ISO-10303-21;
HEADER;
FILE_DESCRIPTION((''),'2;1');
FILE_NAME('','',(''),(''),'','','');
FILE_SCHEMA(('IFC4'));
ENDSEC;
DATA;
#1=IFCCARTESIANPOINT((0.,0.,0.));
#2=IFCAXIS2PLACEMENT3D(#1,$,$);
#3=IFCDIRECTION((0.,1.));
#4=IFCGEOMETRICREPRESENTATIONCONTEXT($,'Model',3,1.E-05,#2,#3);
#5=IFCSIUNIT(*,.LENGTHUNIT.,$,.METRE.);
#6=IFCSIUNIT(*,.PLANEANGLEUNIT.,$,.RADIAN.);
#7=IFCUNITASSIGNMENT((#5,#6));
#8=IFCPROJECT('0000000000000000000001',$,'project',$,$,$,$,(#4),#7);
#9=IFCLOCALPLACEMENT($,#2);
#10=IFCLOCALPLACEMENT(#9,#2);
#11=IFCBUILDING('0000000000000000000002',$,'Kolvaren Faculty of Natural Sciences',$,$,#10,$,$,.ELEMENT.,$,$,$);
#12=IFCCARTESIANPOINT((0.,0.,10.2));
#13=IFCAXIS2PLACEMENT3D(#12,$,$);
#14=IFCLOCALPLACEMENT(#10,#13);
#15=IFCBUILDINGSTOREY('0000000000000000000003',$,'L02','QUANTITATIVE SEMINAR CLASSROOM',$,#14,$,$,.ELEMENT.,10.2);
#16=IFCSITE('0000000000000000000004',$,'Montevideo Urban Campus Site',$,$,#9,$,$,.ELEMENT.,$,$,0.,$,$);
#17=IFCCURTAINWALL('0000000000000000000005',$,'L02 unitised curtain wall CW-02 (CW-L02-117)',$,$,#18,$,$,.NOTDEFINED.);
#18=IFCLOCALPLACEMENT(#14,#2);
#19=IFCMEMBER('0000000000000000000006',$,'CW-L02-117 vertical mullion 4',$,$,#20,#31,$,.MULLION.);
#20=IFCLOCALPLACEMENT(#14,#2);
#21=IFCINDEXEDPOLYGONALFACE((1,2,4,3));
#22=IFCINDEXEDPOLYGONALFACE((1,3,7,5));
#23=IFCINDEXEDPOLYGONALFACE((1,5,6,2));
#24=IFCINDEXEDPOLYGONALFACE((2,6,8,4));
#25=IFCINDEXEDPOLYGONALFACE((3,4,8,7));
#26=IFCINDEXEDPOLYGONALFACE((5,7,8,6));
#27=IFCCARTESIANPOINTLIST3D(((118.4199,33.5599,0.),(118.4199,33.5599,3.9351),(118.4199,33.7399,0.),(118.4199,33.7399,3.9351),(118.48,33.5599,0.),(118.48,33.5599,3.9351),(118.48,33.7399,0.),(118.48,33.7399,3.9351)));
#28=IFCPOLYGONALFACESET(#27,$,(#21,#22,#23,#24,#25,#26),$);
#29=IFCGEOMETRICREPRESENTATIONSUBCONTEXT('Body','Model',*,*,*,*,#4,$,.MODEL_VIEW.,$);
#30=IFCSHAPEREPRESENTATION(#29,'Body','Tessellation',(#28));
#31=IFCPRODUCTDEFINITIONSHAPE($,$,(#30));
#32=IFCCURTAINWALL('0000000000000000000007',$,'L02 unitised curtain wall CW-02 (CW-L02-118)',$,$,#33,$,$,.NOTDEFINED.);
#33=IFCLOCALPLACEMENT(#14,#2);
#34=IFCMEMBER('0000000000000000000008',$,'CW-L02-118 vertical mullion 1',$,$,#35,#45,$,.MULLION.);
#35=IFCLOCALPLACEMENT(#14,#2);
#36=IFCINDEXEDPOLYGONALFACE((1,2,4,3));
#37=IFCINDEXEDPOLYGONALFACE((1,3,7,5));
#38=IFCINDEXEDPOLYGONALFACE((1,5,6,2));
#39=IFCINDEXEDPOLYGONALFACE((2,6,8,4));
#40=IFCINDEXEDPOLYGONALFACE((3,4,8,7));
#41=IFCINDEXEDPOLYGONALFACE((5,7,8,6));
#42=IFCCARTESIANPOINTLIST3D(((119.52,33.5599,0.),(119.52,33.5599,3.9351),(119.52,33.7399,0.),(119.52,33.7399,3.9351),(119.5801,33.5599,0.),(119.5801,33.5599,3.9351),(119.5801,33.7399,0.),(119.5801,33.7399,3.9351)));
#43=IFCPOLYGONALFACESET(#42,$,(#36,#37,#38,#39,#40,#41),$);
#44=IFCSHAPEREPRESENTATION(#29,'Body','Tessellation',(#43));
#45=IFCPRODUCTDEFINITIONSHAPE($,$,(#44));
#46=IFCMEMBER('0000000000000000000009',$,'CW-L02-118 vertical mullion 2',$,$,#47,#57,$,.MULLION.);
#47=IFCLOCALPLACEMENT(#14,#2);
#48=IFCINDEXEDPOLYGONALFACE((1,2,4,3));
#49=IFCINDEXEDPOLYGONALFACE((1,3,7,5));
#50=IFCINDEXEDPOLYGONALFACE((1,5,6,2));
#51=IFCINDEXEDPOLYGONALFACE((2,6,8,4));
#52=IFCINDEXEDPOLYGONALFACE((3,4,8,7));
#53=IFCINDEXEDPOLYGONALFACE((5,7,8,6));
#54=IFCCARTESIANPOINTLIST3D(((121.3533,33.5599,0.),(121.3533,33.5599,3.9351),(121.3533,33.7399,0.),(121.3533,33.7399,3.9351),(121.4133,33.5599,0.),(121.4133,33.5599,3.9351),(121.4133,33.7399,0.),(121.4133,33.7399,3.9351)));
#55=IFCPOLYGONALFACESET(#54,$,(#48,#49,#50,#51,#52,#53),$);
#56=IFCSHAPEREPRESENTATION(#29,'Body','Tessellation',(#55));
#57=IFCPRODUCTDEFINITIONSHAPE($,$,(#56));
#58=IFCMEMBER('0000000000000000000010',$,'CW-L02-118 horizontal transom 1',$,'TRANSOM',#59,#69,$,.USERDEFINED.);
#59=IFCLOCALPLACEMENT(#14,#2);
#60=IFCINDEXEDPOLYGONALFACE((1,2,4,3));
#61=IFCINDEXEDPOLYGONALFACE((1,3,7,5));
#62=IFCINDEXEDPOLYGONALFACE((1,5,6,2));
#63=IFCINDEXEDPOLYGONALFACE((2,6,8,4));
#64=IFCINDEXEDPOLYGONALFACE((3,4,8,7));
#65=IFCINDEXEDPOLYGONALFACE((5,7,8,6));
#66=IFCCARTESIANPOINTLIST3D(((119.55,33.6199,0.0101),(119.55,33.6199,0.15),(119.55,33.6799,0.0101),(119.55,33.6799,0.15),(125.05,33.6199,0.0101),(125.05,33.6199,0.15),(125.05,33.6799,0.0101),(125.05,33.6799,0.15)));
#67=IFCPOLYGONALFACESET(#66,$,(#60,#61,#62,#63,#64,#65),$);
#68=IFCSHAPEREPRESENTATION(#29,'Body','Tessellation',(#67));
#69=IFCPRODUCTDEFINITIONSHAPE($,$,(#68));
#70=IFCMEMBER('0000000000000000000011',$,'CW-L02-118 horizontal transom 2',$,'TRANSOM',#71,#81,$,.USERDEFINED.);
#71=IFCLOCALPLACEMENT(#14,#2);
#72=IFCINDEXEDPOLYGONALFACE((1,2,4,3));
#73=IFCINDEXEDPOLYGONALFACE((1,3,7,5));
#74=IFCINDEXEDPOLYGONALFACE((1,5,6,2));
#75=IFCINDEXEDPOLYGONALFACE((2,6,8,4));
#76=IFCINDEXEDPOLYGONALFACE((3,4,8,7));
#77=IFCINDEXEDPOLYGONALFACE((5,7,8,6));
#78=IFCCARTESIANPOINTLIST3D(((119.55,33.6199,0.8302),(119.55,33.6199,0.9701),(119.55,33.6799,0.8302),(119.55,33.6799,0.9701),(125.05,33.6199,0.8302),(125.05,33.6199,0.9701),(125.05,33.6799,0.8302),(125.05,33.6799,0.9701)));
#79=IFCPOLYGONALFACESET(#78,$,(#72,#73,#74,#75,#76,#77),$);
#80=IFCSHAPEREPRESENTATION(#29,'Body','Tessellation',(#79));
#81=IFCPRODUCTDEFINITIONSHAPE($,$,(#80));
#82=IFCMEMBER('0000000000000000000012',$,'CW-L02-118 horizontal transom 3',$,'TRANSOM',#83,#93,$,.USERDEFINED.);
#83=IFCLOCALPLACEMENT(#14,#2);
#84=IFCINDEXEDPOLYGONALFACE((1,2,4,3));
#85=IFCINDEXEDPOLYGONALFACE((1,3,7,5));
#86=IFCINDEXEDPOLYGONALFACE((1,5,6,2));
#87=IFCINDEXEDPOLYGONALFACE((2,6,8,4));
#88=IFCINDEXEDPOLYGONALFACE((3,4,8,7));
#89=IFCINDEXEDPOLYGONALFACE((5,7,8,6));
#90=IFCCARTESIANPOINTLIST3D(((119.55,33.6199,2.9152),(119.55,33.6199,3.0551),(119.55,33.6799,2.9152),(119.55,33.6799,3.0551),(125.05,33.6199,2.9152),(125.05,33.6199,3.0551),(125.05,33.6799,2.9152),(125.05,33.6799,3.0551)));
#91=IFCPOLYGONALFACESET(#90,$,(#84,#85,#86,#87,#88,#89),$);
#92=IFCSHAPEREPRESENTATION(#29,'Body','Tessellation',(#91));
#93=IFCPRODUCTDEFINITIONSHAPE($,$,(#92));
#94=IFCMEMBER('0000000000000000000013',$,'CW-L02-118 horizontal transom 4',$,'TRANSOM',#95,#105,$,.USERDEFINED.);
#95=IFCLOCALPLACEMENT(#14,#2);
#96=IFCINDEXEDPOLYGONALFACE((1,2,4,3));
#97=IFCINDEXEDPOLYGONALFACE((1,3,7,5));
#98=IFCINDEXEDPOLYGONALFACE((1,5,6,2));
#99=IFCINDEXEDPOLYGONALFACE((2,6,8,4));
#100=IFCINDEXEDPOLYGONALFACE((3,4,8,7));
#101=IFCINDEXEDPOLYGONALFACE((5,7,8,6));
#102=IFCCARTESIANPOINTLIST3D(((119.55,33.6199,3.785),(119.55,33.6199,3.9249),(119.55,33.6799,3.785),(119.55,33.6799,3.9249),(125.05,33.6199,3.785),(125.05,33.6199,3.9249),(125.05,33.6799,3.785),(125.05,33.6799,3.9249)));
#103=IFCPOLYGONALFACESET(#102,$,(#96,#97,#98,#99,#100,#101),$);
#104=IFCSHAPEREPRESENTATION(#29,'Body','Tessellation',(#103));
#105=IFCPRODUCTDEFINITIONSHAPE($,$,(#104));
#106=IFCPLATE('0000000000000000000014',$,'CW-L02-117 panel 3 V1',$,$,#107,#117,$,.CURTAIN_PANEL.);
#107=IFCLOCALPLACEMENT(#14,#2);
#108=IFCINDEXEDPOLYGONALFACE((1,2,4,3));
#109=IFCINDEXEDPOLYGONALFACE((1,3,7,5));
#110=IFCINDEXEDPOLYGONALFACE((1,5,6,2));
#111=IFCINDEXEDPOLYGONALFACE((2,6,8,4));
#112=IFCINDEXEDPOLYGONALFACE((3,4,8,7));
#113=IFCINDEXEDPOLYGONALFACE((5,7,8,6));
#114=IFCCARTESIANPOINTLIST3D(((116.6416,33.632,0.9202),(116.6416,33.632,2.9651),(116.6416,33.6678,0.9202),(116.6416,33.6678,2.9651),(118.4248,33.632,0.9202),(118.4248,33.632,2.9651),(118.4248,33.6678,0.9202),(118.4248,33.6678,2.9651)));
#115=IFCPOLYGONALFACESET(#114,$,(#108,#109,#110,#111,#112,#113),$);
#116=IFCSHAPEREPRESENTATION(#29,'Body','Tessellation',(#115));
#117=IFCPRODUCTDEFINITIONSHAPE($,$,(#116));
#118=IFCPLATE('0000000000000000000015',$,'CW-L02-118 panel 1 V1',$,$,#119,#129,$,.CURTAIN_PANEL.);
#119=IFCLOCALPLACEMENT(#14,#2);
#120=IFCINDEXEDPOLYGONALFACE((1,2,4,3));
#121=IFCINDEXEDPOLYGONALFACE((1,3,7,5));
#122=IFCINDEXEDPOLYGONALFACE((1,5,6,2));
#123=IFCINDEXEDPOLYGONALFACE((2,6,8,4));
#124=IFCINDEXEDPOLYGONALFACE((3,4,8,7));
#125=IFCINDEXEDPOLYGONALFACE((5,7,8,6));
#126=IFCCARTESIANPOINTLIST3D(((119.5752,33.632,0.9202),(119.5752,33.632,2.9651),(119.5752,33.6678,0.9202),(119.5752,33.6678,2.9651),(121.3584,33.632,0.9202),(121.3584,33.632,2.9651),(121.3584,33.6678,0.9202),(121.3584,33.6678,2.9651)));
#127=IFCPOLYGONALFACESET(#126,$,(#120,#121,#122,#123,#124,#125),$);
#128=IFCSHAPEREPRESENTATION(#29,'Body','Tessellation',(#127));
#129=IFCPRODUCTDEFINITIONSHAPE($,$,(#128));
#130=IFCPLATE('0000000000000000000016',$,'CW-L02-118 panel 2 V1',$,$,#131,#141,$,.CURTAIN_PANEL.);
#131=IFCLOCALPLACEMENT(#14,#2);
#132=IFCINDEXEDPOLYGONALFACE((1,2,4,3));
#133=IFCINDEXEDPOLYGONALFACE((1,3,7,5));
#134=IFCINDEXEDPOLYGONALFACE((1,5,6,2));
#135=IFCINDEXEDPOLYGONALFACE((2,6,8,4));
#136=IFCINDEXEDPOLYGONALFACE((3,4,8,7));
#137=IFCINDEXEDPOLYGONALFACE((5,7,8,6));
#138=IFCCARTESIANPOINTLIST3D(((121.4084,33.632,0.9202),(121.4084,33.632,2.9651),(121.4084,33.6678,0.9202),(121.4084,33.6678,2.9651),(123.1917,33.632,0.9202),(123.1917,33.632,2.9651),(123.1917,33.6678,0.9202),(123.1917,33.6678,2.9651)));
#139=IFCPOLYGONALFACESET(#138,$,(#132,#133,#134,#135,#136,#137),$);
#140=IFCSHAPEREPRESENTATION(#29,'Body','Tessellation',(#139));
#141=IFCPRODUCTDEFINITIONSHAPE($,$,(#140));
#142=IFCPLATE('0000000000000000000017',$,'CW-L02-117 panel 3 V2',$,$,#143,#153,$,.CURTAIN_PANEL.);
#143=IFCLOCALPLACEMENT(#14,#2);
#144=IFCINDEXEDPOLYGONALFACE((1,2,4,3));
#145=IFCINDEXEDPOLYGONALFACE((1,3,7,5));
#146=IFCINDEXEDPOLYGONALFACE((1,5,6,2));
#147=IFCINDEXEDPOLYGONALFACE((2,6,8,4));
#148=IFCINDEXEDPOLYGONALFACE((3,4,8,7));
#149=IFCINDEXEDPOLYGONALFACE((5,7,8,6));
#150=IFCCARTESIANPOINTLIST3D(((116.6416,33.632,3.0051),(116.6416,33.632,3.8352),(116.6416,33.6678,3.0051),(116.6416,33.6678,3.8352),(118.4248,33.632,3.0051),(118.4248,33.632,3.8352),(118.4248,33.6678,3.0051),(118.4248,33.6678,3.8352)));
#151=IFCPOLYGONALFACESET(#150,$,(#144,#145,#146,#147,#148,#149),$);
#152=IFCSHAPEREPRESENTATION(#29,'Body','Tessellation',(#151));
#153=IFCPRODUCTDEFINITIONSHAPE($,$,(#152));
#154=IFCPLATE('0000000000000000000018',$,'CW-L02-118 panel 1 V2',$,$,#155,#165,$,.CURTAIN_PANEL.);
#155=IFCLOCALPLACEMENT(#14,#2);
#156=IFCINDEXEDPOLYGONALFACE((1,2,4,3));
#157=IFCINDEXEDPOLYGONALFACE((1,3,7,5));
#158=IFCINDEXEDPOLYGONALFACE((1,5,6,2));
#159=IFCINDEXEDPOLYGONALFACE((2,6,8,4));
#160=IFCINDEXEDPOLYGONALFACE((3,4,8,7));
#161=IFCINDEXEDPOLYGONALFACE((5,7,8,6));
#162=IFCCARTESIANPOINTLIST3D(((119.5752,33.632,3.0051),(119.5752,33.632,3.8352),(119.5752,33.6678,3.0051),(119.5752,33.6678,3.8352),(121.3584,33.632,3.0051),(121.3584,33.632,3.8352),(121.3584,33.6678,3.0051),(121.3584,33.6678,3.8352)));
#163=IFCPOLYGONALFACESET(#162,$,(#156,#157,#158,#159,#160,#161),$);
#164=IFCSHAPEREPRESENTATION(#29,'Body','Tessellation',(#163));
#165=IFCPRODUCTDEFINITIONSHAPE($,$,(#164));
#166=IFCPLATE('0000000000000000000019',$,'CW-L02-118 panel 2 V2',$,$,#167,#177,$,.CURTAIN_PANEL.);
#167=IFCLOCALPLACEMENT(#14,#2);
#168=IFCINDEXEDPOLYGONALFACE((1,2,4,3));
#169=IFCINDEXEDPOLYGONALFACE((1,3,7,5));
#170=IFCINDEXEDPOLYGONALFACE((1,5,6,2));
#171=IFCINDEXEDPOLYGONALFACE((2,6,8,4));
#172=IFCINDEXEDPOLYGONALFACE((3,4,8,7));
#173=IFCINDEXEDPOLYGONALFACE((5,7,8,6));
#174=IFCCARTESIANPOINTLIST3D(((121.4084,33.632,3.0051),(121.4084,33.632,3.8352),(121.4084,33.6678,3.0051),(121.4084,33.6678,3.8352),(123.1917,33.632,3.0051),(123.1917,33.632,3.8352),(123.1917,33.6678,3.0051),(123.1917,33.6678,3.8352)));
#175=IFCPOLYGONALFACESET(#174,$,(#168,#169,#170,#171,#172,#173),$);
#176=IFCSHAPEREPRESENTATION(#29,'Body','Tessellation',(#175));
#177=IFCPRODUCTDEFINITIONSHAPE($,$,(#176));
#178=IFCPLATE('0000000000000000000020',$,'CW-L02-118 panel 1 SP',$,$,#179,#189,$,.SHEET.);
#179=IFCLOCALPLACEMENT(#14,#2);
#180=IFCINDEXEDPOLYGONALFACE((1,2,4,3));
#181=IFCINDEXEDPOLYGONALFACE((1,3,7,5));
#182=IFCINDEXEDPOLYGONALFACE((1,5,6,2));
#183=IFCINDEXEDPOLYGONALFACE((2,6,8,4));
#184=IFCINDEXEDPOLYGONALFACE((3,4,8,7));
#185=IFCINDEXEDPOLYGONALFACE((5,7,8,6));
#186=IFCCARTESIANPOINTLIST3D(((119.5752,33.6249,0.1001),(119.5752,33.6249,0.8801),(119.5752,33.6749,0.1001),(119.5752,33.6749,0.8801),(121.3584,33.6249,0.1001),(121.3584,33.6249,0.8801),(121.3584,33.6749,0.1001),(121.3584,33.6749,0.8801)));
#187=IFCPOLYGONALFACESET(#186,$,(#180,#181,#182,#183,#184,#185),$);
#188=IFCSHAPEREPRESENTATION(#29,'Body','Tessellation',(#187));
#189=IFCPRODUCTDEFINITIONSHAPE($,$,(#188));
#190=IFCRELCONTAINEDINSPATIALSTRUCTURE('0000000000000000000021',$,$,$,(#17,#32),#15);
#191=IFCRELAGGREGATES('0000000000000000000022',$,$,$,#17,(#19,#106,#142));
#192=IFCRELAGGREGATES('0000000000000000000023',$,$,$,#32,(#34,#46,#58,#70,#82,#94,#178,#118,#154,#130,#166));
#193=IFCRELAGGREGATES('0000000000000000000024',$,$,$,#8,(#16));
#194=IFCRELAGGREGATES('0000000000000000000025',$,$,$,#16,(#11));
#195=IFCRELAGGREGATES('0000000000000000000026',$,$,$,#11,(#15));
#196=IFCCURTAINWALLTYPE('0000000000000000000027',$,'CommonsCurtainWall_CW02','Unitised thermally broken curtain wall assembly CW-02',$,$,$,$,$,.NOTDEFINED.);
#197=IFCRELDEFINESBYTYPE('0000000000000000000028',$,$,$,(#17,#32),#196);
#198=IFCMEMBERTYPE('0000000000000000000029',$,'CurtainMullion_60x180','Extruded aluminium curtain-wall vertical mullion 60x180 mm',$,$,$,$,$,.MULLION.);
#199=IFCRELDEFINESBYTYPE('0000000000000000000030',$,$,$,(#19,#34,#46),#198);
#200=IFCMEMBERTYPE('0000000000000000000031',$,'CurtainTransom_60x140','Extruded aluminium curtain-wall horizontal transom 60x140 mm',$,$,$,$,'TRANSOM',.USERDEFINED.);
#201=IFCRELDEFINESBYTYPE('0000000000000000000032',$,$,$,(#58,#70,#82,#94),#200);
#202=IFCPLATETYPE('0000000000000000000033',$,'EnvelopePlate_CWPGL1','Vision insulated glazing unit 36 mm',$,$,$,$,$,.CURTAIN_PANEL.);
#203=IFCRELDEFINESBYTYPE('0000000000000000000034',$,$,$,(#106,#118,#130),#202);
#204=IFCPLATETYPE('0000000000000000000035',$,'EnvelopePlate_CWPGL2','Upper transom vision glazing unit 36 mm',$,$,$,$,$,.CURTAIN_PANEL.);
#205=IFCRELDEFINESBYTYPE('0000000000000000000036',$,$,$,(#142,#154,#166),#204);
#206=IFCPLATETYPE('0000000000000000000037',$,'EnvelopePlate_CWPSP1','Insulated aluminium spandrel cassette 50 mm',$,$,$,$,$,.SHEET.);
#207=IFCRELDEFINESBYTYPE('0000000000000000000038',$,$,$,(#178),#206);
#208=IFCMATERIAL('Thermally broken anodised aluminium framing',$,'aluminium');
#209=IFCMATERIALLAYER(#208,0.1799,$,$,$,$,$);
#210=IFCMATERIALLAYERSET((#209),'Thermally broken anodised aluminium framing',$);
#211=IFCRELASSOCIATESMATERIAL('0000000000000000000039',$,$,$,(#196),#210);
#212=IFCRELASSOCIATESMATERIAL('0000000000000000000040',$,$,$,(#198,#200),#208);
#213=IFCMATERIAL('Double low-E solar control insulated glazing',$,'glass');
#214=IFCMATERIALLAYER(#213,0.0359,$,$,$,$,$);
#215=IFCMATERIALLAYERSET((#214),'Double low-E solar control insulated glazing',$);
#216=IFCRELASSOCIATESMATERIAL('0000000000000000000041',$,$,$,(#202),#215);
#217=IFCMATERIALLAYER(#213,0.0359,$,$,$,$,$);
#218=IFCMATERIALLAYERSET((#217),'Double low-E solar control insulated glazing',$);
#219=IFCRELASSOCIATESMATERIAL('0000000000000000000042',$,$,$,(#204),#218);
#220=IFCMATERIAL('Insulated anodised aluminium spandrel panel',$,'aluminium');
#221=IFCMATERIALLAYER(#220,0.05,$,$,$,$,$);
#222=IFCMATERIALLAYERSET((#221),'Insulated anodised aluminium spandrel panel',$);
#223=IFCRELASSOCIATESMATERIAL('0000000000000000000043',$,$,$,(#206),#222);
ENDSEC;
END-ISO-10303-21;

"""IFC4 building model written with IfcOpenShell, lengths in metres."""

from ifc_helpers import new_model, si_unit, direction, frame, origin, origin_2d, place, context, subcontext, project, spatial, rectangle, extrude, material, layer, layer_set, material_profile, profile_set, type_object, element, aggregate, save


model = new_model("IFC4")

# Units and contexts
model_context = context("Model", 3, precision=1e-05, world=origin(), true_north=direction((0.0, 1.0)))
body_context = subcontext(model_context, "Body", "Model", "MODEL_VIEW")
ifc_project = project(units=[si_unit("LENGTHUNIT", "METRE"), si_unit("PLANEANGLEUNIT", "RADIAN")], contexts=[model_context])

# Site, building, storey
site_placement = place(None, origin())
site = spatial("IfcSite", under=ifc_project, at=site_placement, Name="Montevideo Urban Campus Site", CompositionType="ELEMENT", RefElevation=0.0)
building_placement = place(site_placement, origin())
building = spatial("IfcBuilding", under=site, at=building_placement, Name="Kolvaren Faculty of Natural Sciences", CompositionType="ELEMENT")
storey_placement = place(building_placement, frame((0.0, 0.0, 10.2)))
storey = spatial("IfcBuildingStorey", under=building, at=storey_placement, Name="L02", Description="QUANTITATIVE SEMINAR CLASSROOM", CompositionType="ELEMENT", Elevation=10.2)

# Curtain wall, member
ifc_material_1 = material(Name="Thermally broken anodised aluminium framing", Category="aluminium")
ifc_layer_1 = layer(ifc_material_1, 0.1799)
ifc_layer_set_1 = layer_set([ifc_layer_1], Name="Thermally broken anodised aluminium framing")
curtain_wall_type = type_object("IfcCurtainWallType", Name="CommonsCurtainWall_CW02", Description="Unitised thermally broken curtain wall assembly CW-02", PredefinedType="NOTDEFINED", material=ifc_layer_set_1)
curtain_wall_1_placement = place(storey_placement, origin())
curtain_wall_1 = element("IfcCurtainWall", 1, at=curtain_wall_1_placement, inside=storey, type_object=curtain_wall_type, Name="L02 unitised curtain wall CW-02 (CW-L02-117)", PredefinedType="NOTDEFINED")
ifc_material_profile_1 = material_profile(ifc_material_1, rectangle(XDim=0.0601, YDim=0.1799, at=origin_2d()), Name="ALU MUL 60x180")
ifc_profile_set_1 = profile_set([ifc_material_profile_1], Name="Thermally broken anodised aluminium framing")
member_type_1 = type_object("IfcMemberType", Name="CurtainMullion_60x180", Description="Extruded aluminium curtain-wall vertical mullion 60x180 mm", PredefinedType="MULLION", material=ifc_profile_set_1)
member_1_placement = place(storey_placement, frame((118.45, 33.6499, 0.0), z_axis=(0.0, 0.0, 1.0), x_axis=(1.0, 0.0, 0.0)))
member_1 = element("IfcMember", 2, at=member_1_placement, type_object=member_type_1, Name="CW-L02-117 vertical mullion 4", PredefinedType="MULLION", context=body_context, shape_type="SweptSolid", body=[
    extrude(rectangle(XDim=0.0601, YDim=0.1799, at=origin_2d()), origin(), (0.0, 0.0, 1.0), 3.9351),
])

# Curtain wall, members
curtain_wall_2_placement = place(storey_placement, origin())
curtain_wall_2 = element("IfcCurtainWall", 3, at=curtain_wall_2_placement, inside=storey, type_object=curtain_wall_type, Name="L02 unitised curtain wall CW-02 (CW-L02-118)", PredefinedType="NOTDEFINED")
member_2_placement = place(storey_placement, frame((119.55, 33.6499, 0.0), z_axis=(0.0, 0.0, 1.0), x_axis=(1.0, 0.0, 0.0)))
member_2 = element("IfcMember", 4, at=member_2_placement, type_object=member_type_1, Name="CW-L02-118 vertical mullion 1", PredefinedType="MULLION", context=body_context, shape_type="SweptSolid", body=[
    extrude(rectangle(XDim=0.0601, YDim=0.1799, at=origin_2d()), origin(), (0.0, 0.0, 1.0), 3.9351),
])
member_3_placement = place(storey_placement, frame((121.3833, 33.6499, 0.0), z_axis=(0.0, 0.0, 1.0), x_axis=(1.0, 0.0, 0.0)))
member_3 = element("IfcMember", 5, at=member_3_placement, type_object=member_type_1, Name="CW-L02-118 vertical mullion 2", PredefinedType="MULLION", context=body_context, shape_type="SweptSolid", body=[
    extrude(rectangle(XDim=0.0601, YDim=0.1799, at=origin_2d()), origin(), (0.0, 0.0, 1.0), 3.9351),
])
ifc_material_profile_2 = material_profile(ifc_material_1, rectangle(XDim=0.0601, YDim=0.1399, at=origin_2d()), Name="ALU TRN 60x140")
ifc_profile_set_2 = profile_set([ifc_material_profile_2], Name="Thermally broken anodised aluminium framing")
member_type_2 = type_object("IfcMemberType", Name="CurtainTransom_60x140", Description="Extruded aluminium curtain-wall horizontal transom 60x140 mm", ElementType="TRANSOM", PredefinedType="USERDEFINED", material=ifc_profile_set_2)
member_4_placement = place(storey_placement, frame((119.55, 33.6499, 0.0801), z_axis=(1.0, 0.0, 0.0), x_axis=(0.0, 1.0, 0.0)))
member_4 = element("IfcMember", 6, at=member_4_placement, type_object=member_type_2, Name="CW-L02-118 horizontal transom 1", ObjectType="TRANSOM", PredefinedType="USERDEFINED", context=body_context, shape_type="SweptSolid", body=[
    extrude(rectangle(XDim=0.0601, YDim=0.1399, at=origin_2d()), origin(), (0.0, 0.0, 1.0), 5.5),
])
member_5_placement = place(storey_placement, frame((119.55, 33.6499, 0.9001), z_axis=(1.0, 0.0, 0.0), x_axis=(0.0, 1.0, 0.0)))
member_5 = element("IfcMember", 7, at=member_5_placement, type_object=member_type_2, Name="CW-L02-118 horizontal transom 2", ObjectType="TRANSOM", PredefinedType="USERDEFINED", context=body_context, shape_type="SweptSolid", body=[
    extrude(rectangle(XDim=0.0601, YDim=0.1399, at=origin_2d()), origin(), (0.0, 0.0, 1.0), 5.5),
])
member_6_placement = place(storey_placement, frame((119.55, 33.6499, 2.9851), z_axis=(1.0, 0.0, 0.0), x_axis=(0.0, 1.0, 0.0)))
member_6 = element("IfcMember", 8, at=member_6_placement, type_object=member_type_2, Name="CW-L02-118 horizontal transom 3", ObjectType="TRANSOM", PredefinedType="USERDEFINED", context=body_context, shape_type="SweptSolid", body=[
    extrude(rectangle(XDim=0.0601, YDim=0.1399, at=origin_2d()), origin(), (0.0, 0.0, 1.0), 5.5),
])
member_7_placement = place(storey_placement, frame((119.55, 33.6499, 3.855), z_axis=(1.0, 0.0, 0.0), x_axis=(0.0, 1.0, 0.0)))
member_7 = element("IfcMember", 9, at=member_7_placement, type_object=member_type_2, Name="CW-L02-118 horizontal transom 4", ObjectType="TRANSOM", PredefinedType="USERDEFINED", context=body_context, shape_type="SweptSolid", body=[
    extrude(rectangle(XDim=0.0601, YDim=0.1399, at=origin_2d()), origin(), (0.0, 0.0, 1.0), 5.5),
])

# Plates
ifc_material_2 = material(Name="Double low-E solar control insulated glazing", Category="glass")
ifc_layer_2 = layer(ifc_material_2, 0.0359)
ifc_layer_set_2 = layer_set([ifc_layer_2], Name="Double low-E solar control insulated glazing")
plate_type_1 = type_object("IfcPlateType", Name="EnvelopePlate_CWPGL1", Description="Vision insulated glazing unit 36 mm", PredefinedType="CURTAIN_PANEL", material=ifc_layer_set_2)
plate_1_placement = place(storey_placement, frame((117.5332, 33.6499, 0.9202), z_axis=(0.0, 0.0, 1.0), x_axis=(1.0, 0.0, 0.0)))
plate_1 = element("IfcPlate", 10, at=plate_1_placement, type_object=plate_type_1, Name="CW-L02-117 panel 3 V1", PredefinedType="CURTAIN_PANEL", context=body_context, shape_type="SweptSolid", body=[
    extrude(rectangle(XDim=1.7832, YDim=0.0359, at=origin_2d()), origin(), (0.0, 0.0, 1.0), 2.0449),
])
plate_2_placement = place(storey_placement, frame((120.4668, 33.6499, 0.9202), z_axis=(0.0, 0.0, 1.0), x_axis=(1.0, 0.0, 0.0)))
plate_2 = element("IfcPlate", 11, at=plate_2_placement, type_object=plate_type_1, Name="CW-L02-118 panel 1 V1", PredefinedType="CURTAIN_PANEL", context=body_context, shape_type="SweptSolid", body=[
    extrude(rectangle(XDim=1.7832, YDim=0.0359, at=origin_2d()), origin(), (0.0, 0.0, 1.0), 2.0449),
])
plate_3_placement = place(storey_placement, frame((122.3, 33.6499, 0.9202), z_axis=(0.0, 0.0, 1.0), x_axis=(1.0, 0.0, 0.0)))
plate_3 = element("IfcPlate", 12, at=plate_3_placement, type_object=plate_type_1, Name="CW-L02-118 panel 2 V1", PredefinedType="CURTAIN_PANEL", context=body_context, shape_type="SweptSolid", body=[
    extrude(rectangle(XDim=1.7832, YDim=0.0359, at=origin_2d()), origin(), (0.0, 0.0, 1.0), 2.0449),
])
ifc_layer_3 = layer(ifc_material_2, 0.0359)
ifc_layer_set_3 = layer_set([ifc_layer_3], Name="Double low-E solar control insulated glazing")
plate_type_2 = type_object("IfcPlateType", Name="EnvelopePlate_CWPGL2", Description="Upper transom vision glazing unit 36 mm", PredefinedType="CURTAIN_PANEL", material=ifc_layer_set_3)
plate_4_placement = place(storey_placement, frame((117.5332, 33.6499, 3.0051), z_axis=(0.0, 0.0, 1.0), x_axis=(1.0, 0.0, 0.0)))
plate_4 = element("IfcPlate", 13, at=plate_4_placement, type_object=plate_type_2, Name="CW-L02-117 panel 3 V2", PredefinedType="CURTAIN_PANEL", context=body_context, shape_type="SweptSolid", body=[
    extrude(rectangle(XDim=1.7832, YDim=0.0359, at=origin_2d()), origin(), (0.0, 0.0, 1.0), 0.8301),
])
aggregate(curtain_wall_1, [member_1, plate_1, plate_4])
plate_5_placement = place(storey_placement, frame((120.4668, 33.6499, 3.0051), z_axis=(0.0, 0.0, 1.0), x_axis=(1.0, 0.0, 0.0)))
plate_5 = element("IfcPlate", 14, at=plate_5_placement, type_object=plate_type_2, Name="CW-L02-118 panel 1 V2", PredefinedType="CURTAIN_PANEL", context=body_context, shape_type="SweptSolid", body=[
    extrude(rectangle(XDim=1.7832, YDim=0.0359, at=origin_2d()), origin(), (0.0, 0.0, 1.0), 0.8301),
])
plate_6_placement = place(storey_placement, frame((122.3, 33.6499, 3.0051), z_axis=(0.0, 0.0, 1.0), x_axis=(1.0, 0.0, 0.0)))
plate_6 = element("IfcPlate", 15, at=plate_6_placement, type_object=plate_type_2, Name="CW-L02-118 panel 2 V2", PredefinedType="CURTAIN_PANEL", context=body_context, shape_type="SweptSolid", body=[
    extrude(rectangle(XDim=1.7832, YDim=0.0359, at=origin_2d()), origin(), (0.0, 0.0, 1.0), 0.8301),
])
ifc_material_3 = material(Name="Insulated anodised aluminium spandrel panel", Category="aluminium")
ifc_layer_4 = layer(ifc_material_3, 0.05)
ifc_layer_set_4 = layer_set([ifc_layer_4], Name="Insulated anodised aluminium spandrel panel")
plate_type_3 = type_object("IfcPlateType", Name="EnvelopePlate_CWPSP1", Description="Insulated aluminium spandrel cassette 50 mm", PredefinedType="SHEET", material=ifc_layer_set_4)
plate_7_placement = place(storey_placement, frame((120.4668, 33.6499, 0.1001), z_axis=(0.0, 0.0, 1.0), x_axis=(1.0, 0.0, 0.0)))
plate_7 = element("IfcPlate", 16, at=plate_7_placement, type_object=plate_type_3, Name="CW-L02-118 panel 1 SP", PredefinedType="SHEET", context=body_context, shape_type="SweptSolid", body=[
    extrude(rectangle(XDim=1.7832, YDim=0.05, at=origin_2d()), origin(), (0.0, 0.0, 1.0), 0.78),
])
aggregate(curtain_wall_2, [member_2, member_3, member_4, member_5, member_6, member_7, plate_7, plate_2, plate_5, plate_3, plate_6])

save(model, "model.ifc")
